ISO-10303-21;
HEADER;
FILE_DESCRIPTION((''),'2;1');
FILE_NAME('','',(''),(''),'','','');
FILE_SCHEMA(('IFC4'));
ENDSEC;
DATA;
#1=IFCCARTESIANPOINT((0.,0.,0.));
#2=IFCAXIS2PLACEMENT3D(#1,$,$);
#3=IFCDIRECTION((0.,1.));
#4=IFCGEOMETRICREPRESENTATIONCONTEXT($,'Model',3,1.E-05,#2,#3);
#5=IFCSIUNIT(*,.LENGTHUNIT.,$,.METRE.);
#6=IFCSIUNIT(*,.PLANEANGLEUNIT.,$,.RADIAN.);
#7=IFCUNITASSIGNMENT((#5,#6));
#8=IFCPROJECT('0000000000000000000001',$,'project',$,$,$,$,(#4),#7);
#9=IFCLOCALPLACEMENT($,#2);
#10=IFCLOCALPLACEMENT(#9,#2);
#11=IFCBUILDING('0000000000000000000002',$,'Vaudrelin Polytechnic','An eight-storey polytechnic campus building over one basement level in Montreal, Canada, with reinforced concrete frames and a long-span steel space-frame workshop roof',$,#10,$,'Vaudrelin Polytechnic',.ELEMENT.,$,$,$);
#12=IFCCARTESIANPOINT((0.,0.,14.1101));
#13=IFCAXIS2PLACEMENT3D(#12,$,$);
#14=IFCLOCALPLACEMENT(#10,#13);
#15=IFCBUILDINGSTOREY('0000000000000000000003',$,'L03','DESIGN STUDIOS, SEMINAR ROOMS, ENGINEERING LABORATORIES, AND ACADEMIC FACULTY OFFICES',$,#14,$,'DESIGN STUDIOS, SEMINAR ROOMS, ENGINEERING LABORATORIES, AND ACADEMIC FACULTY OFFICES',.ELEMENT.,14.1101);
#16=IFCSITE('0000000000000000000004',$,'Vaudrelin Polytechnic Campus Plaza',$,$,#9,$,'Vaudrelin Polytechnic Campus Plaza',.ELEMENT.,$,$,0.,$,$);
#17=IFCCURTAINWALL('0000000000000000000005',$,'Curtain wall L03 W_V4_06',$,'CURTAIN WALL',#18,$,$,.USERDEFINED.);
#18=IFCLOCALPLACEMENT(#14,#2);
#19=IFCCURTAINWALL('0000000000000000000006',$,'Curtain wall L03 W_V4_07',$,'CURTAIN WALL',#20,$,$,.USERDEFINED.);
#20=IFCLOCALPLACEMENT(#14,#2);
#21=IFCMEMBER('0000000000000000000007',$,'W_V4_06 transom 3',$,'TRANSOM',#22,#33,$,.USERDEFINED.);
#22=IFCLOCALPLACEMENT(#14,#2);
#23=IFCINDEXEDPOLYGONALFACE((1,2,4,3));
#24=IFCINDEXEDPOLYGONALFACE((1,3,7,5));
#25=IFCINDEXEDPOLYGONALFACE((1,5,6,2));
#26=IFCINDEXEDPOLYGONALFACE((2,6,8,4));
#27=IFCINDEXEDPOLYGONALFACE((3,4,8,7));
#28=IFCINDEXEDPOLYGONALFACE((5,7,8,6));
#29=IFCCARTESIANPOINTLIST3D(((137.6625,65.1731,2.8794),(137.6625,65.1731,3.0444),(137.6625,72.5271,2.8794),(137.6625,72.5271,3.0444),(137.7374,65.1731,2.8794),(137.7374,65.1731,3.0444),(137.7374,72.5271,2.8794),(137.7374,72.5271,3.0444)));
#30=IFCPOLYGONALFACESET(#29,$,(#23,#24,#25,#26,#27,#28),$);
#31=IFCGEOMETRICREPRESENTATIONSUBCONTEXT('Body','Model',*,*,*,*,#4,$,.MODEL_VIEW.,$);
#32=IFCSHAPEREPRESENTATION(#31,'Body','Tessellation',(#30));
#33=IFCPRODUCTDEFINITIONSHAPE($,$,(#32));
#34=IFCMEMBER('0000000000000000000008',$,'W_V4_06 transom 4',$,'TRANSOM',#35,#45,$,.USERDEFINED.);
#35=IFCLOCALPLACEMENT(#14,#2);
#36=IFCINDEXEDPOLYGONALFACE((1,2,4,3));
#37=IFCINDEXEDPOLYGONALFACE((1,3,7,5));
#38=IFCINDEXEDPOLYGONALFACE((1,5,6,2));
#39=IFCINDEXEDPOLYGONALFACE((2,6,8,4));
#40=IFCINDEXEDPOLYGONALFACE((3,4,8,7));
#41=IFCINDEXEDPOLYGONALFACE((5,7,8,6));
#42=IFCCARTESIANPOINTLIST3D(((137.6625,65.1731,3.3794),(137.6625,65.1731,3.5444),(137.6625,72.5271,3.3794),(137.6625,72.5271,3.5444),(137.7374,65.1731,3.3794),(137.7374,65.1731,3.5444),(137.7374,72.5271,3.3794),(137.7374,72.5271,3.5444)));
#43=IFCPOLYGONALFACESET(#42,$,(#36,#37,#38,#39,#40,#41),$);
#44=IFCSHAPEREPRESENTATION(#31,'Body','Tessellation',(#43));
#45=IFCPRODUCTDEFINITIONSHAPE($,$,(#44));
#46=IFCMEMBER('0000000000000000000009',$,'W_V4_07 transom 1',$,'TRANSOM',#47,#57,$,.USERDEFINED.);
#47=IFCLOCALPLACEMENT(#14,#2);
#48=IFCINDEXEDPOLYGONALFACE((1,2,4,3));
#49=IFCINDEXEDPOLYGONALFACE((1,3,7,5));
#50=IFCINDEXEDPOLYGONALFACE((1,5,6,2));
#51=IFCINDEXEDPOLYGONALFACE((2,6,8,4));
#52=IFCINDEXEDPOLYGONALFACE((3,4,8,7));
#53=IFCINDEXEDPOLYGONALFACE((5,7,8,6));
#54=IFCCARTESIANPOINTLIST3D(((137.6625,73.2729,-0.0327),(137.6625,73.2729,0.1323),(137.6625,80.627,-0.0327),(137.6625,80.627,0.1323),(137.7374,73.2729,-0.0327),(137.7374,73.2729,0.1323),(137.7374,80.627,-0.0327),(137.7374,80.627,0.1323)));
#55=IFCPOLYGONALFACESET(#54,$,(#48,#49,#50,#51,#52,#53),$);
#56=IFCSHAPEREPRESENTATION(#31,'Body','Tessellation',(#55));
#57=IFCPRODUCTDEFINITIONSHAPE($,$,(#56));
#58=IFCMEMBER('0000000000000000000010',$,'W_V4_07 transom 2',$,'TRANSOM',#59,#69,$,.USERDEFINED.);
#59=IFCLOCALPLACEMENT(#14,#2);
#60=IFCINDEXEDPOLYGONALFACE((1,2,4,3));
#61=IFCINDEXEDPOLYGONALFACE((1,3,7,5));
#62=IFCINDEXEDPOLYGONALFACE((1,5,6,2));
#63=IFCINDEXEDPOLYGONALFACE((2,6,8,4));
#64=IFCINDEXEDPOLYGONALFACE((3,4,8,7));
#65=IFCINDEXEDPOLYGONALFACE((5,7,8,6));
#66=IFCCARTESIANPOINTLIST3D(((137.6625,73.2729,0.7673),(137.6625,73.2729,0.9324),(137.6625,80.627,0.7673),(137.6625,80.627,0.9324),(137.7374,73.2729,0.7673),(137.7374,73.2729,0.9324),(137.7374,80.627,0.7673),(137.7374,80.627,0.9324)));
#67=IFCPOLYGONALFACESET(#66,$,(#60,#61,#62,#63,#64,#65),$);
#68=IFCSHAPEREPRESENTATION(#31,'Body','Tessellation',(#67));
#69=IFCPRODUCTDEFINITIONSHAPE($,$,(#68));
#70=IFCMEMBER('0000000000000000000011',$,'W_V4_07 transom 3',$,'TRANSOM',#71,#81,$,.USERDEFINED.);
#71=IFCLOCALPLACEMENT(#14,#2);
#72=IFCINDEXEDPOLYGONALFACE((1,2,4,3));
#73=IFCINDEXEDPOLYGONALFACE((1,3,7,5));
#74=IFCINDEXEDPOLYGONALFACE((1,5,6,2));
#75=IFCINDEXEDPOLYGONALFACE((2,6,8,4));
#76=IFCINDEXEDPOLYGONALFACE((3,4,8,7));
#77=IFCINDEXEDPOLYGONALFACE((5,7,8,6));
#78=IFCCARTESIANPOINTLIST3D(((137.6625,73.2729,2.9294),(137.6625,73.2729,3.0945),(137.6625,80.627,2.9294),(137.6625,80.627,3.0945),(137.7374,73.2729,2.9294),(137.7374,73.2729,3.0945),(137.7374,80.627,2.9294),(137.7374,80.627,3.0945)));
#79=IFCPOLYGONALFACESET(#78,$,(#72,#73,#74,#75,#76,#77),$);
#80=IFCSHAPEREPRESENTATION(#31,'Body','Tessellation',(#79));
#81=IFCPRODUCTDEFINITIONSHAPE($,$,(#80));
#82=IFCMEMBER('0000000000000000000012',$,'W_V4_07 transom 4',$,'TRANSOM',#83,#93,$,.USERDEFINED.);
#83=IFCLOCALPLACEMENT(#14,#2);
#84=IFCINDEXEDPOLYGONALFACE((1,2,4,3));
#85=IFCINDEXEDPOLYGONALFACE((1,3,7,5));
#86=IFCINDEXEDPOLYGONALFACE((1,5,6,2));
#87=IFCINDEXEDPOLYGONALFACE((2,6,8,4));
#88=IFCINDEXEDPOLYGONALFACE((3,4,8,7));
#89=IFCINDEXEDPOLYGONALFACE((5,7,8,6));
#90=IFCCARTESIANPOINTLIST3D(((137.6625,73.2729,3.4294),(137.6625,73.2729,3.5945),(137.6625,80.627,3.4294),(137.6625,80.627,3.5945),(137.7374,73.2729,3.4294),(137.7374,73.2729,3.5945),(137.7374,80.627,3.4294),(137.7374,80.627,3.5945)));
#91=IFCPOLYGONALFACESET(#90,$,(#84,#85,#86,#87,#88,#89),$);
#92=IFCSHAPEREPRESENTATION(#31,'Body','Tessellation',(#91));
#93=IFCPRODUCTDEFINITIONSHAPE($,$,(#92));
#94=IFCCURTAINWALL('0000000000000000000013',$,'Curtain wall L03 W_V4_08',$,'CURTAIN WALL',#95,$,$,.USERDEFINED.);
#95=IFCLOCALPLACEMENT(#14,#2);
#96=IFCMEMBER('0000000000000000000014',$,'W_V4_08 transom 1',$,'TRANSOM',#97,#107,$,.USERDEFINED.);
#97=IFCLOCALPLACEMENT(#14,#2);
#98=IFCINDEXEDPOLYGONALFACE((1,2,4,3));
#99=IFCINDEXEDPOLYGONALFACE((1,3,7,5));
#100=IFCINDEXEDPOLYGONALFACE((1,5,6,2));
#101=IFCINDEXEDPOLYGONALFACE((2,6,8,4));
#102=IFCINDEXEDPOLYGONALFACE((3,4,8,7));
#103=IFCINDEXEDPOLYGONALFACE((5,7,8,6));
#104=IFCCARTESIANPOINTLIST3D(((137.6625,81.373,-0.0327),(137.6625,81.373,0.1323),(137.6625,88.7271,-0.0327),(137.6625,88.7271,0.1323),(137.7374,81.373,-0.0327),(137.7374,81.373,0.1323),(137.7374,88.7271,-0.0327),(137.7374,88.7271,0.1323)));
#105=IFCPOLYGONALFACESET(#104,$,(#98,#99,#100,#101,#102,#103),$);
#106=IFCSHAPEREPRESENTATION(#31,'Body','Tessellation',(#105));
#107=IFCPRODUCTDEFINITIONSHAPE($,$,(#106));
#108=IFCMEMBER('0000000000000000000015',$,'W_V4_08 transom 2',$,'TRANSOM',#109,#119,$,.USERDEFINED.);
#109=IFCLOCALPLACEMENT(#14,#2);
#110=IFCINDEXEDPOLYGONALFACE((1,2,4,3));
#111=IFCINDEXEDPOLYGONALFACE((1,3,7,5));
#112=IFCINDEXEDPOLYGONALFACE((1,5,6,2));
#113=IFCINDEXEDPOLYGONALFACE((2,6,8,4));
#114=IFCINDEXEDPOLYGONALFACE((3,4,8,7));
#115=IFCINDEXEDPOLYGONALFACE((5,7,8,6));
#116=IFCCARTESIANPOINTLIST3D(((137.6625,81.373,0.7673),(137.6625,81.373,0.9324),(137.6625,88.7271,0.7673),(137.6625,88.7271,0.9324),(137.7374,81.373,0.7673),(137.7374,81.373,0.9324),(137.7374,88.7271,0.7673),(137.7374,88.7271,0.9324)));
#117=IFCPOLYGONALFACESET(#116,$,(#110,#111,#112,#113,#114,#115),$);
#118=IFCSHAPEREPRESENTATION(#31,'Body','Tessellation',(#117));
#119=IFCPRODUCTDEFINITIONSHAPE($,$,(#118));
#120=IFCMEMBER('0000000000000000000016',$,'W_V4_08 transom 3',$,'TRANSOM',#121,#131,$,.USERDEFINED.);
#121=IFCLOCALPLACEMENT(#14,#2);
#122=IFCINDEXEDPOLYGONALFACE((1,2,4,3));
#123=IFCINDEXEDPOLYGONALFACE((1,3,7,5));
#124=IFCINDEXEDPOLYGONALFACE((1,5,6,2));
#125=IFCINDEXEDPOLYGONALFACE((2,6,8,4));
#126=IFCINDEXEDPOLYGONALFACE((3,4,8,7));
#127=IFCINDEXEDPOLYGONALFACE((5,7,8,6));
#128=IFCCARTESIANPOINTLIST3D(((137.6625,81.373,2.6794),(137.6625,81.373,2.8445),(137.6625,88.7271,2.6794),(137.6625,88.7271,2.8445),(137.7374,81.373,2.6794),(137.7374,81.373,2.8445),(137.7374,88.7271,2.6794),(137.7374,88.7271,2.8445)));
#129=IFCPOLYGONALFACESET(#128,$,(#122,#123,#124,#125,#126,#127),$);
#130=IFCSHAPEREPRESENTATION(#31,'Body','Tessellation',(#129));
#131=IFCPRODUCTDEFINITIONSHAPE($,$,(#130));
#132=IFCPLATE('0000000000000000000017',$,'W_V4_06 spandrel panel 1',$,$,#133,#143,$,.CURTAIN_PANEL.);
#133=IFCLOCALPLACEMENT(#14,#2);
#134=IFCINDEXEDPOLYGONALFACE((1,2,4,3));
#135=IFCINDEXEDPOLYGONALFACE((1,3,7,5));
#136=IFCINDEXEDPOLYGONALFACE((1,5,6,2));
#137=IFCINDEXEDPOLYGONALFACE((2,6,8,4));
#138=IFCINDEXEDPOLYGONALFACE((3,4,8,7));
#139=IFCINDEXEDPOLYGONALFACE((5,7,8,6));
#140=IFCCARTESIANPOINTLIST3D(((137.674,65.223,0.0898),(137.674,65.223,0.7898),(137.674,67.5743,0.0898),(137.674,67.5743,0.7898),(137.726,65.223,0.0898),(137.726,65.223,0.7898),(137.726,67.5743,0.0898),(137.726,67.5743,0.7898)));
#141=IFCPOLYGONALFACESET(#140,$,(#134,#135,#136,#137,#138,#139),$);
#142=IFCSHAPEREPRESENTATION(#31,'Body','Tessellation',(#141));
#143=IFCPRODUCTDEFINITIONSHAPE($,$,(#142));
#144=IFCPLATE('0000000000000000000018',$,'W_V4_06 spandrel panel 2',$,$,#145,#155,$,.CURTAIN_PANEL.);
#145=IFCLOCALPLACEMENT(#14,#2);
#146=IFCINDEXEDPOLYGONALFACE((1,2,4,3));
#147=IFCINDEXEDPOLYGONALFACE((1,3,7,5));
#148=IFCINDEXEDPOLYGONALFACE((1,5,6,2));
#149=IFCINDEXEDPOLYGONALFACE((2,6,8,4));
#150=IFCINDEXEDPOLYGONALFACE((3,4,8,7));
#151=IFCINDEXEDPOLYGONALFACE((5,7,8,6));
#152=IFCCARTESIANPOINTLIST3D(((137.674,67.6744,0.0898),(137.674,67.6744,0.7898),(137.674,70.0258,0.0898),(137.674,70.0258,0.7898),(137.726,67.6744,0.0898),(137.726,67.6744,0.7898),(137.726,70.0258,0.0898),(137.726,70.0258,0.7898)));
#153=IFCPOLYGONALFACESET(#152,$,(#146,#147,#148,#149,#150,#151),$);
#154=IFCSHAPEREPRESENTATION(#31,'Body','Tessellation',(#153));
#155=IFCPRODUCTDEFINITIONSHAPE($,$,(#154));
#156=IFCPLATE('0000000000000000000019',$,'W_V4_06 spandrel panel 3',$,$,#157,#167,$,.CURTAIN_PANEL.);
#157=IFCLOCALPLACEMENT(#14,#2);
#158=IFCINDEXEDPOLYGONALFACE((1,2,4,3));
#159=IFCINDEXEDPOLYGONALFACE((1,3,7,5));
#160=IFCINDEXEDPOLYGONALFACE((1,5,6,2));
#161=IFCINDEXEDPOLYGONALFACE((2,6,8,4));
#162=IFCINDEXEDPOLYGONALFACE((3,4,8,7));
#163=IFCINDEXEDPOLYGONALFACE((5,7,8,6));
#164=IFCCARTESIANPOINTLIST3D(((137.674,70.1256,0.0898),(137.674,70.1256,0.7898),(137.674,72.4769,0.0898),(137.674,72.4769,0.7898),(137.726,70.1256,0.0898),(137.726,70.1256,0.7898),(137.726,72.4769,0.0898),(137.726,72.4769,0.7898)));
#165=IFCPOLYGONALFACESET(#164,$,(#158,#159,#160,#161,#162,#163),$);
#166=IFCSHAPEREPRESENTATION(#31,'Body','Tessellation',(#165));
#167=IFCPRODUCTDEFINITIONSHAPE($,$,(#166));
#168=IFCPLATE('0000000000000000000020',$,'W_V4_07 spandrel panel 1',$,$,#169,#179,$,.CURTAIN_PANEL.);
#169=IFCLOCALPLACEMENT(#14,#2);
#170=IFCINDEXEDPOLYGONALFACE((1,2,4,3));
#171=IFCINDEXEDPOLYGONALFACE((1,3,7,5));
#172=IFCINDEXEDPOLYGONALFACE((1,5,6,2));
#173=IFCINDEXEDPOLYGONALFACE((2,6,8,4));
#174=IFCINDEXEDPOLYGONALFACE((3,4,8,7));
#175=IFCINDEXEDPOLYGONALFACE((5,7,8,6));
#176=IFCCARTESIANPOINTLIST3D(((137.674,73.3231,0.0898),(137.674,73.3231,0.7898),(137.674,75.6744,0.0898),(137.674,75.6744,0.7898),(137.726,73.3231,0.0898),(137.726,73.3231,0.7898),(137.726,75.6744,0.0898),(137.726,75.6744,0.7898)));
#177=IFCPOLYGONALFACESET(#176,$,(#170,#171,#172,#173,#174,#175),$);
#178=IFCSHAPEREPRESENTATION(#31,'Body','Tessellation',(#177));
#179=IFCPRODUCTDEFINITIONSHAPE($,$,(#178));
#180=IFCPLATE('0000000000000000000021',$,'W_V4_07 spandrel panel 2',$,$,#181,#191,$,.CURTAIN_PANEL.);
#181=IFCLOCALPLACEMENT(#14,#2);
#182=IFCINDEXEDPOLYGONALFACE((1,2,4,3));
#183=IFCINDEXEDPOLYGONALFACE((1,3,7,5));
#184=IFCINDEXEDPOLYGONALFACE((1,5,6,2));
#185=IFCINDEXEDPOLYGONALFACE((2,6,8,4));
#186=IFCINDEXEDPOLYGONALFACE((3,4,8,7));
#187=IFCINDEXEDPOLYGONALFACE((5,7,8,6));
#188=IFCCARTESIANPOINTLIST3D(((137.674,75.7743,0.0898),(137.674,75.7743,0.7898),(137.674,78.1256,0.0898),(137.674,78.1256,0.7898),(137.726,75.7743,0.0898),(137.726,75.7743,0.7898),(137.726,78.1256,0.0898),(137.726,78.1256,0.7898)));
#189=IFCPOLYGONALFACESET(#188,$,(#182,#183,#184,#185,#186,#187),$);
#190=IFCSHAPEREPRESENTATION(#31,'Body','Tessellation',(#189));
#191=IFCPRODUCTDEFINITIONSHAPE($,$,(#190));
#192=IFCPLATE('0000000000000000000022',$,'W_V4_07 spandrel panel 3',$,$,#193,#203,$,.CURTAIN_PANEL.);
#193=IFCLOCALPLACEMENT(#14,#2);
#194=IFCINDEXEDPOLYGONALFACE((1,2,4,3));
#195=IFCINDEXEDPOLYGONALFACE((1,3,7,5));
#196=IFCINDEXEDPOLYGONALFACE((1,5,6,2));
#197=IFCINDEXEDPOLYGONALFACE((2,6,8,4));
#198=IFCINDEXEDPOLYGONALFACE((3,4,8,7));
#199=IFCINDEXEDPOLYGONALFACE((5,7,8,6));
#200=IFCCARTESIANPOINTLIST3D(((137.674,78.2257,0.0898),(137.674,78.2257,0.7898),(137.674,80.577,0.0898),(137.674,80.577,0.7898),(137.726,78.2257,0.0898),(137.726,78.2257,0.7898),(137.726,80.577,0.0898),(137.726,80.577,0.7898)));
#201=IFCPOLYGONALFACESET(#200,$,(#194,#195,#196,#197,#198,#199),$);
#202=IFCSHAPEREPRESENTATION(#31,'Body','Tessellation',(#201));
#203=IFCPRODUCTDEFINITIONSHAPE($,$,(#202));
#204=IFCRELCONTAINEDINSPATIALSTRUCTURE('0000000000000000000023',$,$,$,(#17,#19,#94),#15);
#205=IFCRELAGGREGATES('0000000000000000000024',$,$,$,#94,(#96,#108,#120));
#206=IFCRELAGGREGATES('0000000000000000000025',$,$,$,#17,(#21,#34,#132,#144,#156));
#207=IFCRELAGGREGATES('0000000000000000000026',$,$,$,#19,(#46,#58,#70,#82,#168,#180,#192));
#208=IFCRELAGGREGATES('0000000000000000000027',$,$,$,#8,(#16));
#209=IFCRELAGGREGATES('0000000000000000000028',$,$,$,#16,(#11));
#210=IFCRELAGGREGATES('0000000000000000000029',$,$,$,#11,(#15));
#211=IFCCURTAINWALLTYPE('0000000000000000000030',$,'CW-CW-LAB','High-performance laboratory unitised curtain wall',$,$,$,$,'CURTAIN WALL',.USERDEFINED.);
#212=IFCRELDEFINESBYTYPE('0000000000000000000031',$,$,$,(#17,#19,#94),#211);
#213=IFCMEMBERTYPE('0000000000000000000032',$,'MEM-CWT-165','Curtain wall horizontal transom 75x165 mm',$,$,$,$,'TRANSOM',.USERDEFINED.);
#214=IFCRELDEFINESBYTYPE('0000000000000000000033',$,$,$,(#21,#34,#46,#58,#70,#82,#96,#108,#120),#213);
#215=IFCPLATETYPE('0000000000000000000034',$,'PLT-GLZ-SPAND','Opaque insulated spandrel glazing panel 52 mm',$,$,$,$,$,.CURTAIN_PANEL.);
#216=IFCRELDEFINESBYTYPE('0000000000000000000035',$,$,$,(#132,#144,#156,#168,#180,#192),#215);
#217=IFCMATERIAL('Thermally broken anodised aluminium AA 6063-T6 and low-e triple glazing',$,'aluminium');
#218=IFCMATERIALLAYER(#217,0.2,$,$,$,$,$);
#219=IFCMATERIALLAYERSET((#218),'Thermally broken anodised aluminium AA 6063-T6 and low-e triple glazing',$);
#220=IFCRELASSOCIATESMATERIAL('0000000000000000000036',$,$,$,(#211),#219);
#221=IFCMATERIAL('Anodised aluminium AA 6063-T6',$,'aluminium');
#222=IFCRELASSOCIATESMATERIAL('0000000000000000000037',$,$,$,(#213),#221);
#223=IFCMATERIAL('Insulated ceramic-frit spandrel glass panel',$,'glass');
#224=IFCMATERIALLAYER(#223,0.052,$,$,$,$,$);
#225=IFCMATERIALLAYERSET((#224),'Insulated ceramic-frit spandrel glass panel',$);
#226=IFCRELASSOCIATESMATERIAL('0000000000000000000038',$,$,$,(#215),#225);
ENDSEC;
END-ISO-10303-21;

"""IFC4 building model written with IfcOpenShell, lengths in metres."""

from ifc_helpers import new_model, si_unit, direction, frame, origin, origin_2d, place, context, subcontext, project, spatial, rectangle, extrude, material, layer, layer_set, material_profile, profile_set, type_object, element, aggregate, save


model = new_model("IFC4")

# Units and contexts
model_context = context("Model", 3, precision=1e-05, world=origin(), true_north=direction((0.0, 1.0)))
body_context = subcontext(model_context, "Body", "Model", "MODEL_VIEW")
ifc_project = project(units=[si_unit("LENGTHUNIT", "METRE"), si_unit("PLANEANGLEUNIT", "RADIAN")], contexts=[model_context])

# Site, building, storey
site_placement = place(None, origin())
site = spatial("IfcSite", under=ifc_project, at=site_placement, Name="Vaudrelin Polytechnic Campus Plaza", LongName="Vaudrelin Polytechnic Campus Plaza", CompositionType="ELEMENT", RefElevation=0.0)
building_placement = place(site_placement, origin())
building = spatial("IfcBuilding", under=site, at=building_placement, Name="Vaudrelin Polytechnic", Description="An eight-storey polytechnic campus building over one basement level in Montreal, Canada, with reinforced concrete frames and a long-span steel space-frame workshop roof", LongName="Vaudrelin Polytechnic", CompositionType="ELEMENT")
storey_placement = place(building_placement, frame((0.0, 0.0, 14.1101)))
storey = spatial("IfcBuildingStorey", under=building, at=storey_placement, Name="L03", Description="DESIGN STUDIOS, SEMINAR ROOMS, ENGINEERING LABORATORIES, AND ACADEMIC FACULTY OFFICES", LongName="DESIGN STUDIOS, SEMINAR ROOMS, ENGINEERING LABORATORIES, AND ACADEMIC FACULTY OFFICES", CompositionType="ELEMENT", Elevation=14.1101)

# Curtain walls
ifc_material_1 = material(Name="Thermally broken anodised aluminium AA 6063-T6 and low-e triple glazing", Category="aluminium")
ifc_layer_1 = layer(ifc_material_1, 0.2)
ifc_layer_set_1 = layer_set([ifc_layer_1], Name="Thermally broken anodised aluminium AA 6063-T6 and low-e triple glazing")
curtain_wall_type = type_object("IfcCurtainWallType", Name="CW-CW-LAB", Description="High-performance laboratory unitised curtain wall", ElementType="CURTAIN WALL", PredefinedType="USERDEFINED", material=ifc_layer_set_1)
curtain_wall_1_placement = place(storey_placement, origin())
curtain_wall_1 = element("IfcCurtainWall", 1, at=curtain_wall_1_placement, inside=storey, type_object=curtain_wall_type, Name="Curtain wall L03 W_V4_06", ObjectType="CURTAIN WALL", PredefinedType="USERDEFINED")
ifc_material_2 = material(Name="Anodised aluminium AA 6063-T6", Category="aluminium")
curtain_wall_2_placement = place(storey_placement, origin())
curtain_wall_2 = element("IfcCurtainWall", 2, at=curtain_wall_2_placement, inside=storey, type_object=curtain_wall_type, Name="Curtain wall L03 W_V4_07", ObjectType="CURTAIN WALL", PredefinedType="USERDEFINED")

# Members
ifc_material_profile_1 = material_profile(ifc_material_2, rectangle(XDim=0.075, YDim=0.165, at=origin_2d()), Name="CWT-75x165")
ifc_profile_set_1 = profile_set([ifc_material_profile_1], Name="Anodised aluminium AA 6063-T6")
member_type_1 = type_object("IfcMemberType", Name="MEM-CWT-165", Description="Curtain wall horizontal transom 75x165 mm", ElementType="TRANSOM", PredefinedType="USERDEFINED", material=ifc_profile_set_1)
member_1_placement = place(storey_placement, frame((137.7, 65.1731, 2.9619), z_axis=(0.0, 1.0, 0.0), x_axis=(-1.0, 0.0, 0.0)))
member_1 = element("IfcMember", 3, at=member_1_placement, type_object=member_type_1, Name="W_V4_06 transom 3", ObjectType="TRANSOM", PredefinedType="USERDEFINED", context=body_context, shape_type="SweptSolid", body=[
    extrude(rectangle(XDim=0.075, YDim=0.165, at=origin_2d()), origin(), (0.0, 0.0, 1.0), 7.354),
])
member_2_placement = place(storey_placement, frame((137.7, 65.1731, 3.4619), z_axis=(0.0, 1.0, 0.0), x_axis=(-1.0, 0.0, 0.0)))
member_2 = element("IfcMember", 4, at=member_2_placement, type_object=member_type_1, Name="W_V4_06 transom 4", ObjectType="TRANSOM", PredefinedType="USERDEFINED", context=body_context, shape_type="SweptSolid", body=[
    extrude(rectangle(XDim=0.075, YDim=0.165, at=origin_2d()), origin(), (0.0, 0.0, 1.0), 7.354),
])
member_3_placement = place(storey_placement, frame((137.7, 73.2729, 0.0498), z_axis=(0.0, 1.0, 0.0), x_axis=(-1.0, 0.0, 0.0)))
member_3 = element("IfcMember", 5, at=member_3_placement, type_object=member_type_1, Name="W_V4_07 transom 1", ObjectType="TRANSOM", PredefinedType="USERDEFINED", context=body_context, shape_type="SweptSolid", body=[
    extrude(rectangle(XDim=0.075, YDim=0.165, at=origin_2d()), origin(), (0.0, 0.0, 1.0), 7.354),
])
member_4_placement = place(storey_placement, frame((137.7, 73.2729, 0.8499), z_axis=(0.0, 1.0, 0.0), x_axis=(-1.0, 0.0, 0.0)))
member_4 = element("IfcMember", 6, at=member_4_placement, type_object=member_type_1, Name="W_V4_07 transom 2", ObjectType="TRANSOM", PredefinedType="USERDEFINED", context=body_context, shape_type="SweptSolid", body=[
    extrude(rectangle(XDim=0.075, YDim=0.165, at=origin_2d()), origin(), (0.0, 0.0, 1.0), 7.354),
])
member_5_placement = place(storey_placement, frame((137.7, 73.2729, 3.012), z_axis=(0.0, 1.0, 0.0), x_axis=(-1.0, 0.0, 0.0)))
member_5 = element("IfcMember", 7, at=member_5_placement, type_object=member_type_1, Name="W_V4_07 transom 3", ObjectType="TRANSOM", PredefinedType="USERDEFINED", context=body_context, shape_type="SweptSolid", body=[
    extrude(rectangle(XDim=0.075, YDim=0.165, at=origin_2d()), origin(), (0.0, 0.0, 1.0), 7.354),
])
member_6_placement = place(storey_placement, frame((137.7, 73.2729, 3.512), z_axis=(0.0, 1.0, 0.0), x_axis=(-1.0, 0.0, 0.0)))
member_6 = element("IfcMember", 8, at=member_6_placement, type_object=member_type_1, Name="W_V4_07 transom 4", ObjectType="TRANSOM", PredefinedType="USERDEFINED", context=body_context, shape_type="SweptSolid", body=[
    extrude(rectangle(XDim=0.075, YDim=0.165, at=origin_2d()), origin(), (0.0, 0.0, 1.0), 7.354),
])

# Curtain wall, members
curtain_wall_3_placement = place(storey_placement, origin())
curtain_wall_3 = element("IfcCurtainWall", 9, at=curtain_wall_3_placement, inside=storey, type_object=curtain_wall_type, Name="Curtain wall L03 W_V4_08", ObjectType="CURTAIN WALL", PredefinedType="USERDEFINED")
member_7_placement = place(storey_placement, frame((137.7, 81.373, 0.0498), z_axis=(0.0, 1.0, 0.0), x_axis=(-1.0, 0.0, 0.0)))
member_7 = element("IfcMember", 10, at=member_7_placement, type_object=member_type_1, Name="W_V4_08 transom 1", ObjectType="TRANSOM", PredefinedType="USERDEFINED", context=body_context, shape_type="SweptSolid", body=[
    extrude(rectangle(XDim=0.075, YDim=0.165, at=origin_2d()), origin(), (0.0, 0.0, 1.0), 7.354),
])
member_8_placement = place(storey_placement, frame((137.7, 81.373, 0.8499), z_axis=(0.0, 1.0, 0.0), x_axis=(-1.0, 0.0, 0.0)))
member_8 = element("IfcMember", 11, at=member_8_placement, type_object=member_type_1, Name="W_V4_08 transom 2", ObjectType="TRANSOM", PredefinedType="USERDEFINED", context=body_context, shape_type="SweptSolid", body=[
    extrude(rectangle(XDim=0.075, YDim=0.165, at=origin_2d()), origin(), (0.0, 0.0, 1.0), 7.354),
])
member_9_placement = place(storey_placement, frame((137.7, 81.373, 2.762), z_axis=(0.0, 1.0, 0.0), x_axis=(-1.0, 0.0, 0.0)))
member_9 = element("IfcMember", 12, at=member_9_placement, type_object=member_type_1, Name="W_V4_08 transom 3", ObjectType="TRANSOM", PredefinedType="USERDEFINED", context=body_context, shape_type="SweptSolid", body=[
    extrude(rectangle(XDim=0.075, YDim=0.165, at=origin_2d()), origin(), (0.0, 0.0, 1.0), 7.354),
])
aggregate(curtain_wall_3, [member_7, member_8, member_9])

# Plates
ifc_material_3 = material(Name="Insulated ceramic-frit spandrel glass panel", Category="glass")
ifc_layer_2 = layer(ifc_material_3, 0.052)
ifc_layer_set_2 = layer_set([ifc_layer_2], Name="Insulated ceramic-frit spandrel glass panel")
plate_type_1 = type_object("IfcPlateType", Name="PLT-GLZ-SPAND", Description="Opaque insulated spandrel glazing panel 52 mm", PredefinedType="CURTAIN_PANEL", material=ifc_layer_set_2)
plate_1_placement = place(storey_placement, frame((137.7, 66.3987, 0.0898), z_axis=(0.0, 0.0, 1.0), x_axis=(0.0, 1.0, 0.0)))
plate_1 = element("IfcPlate", 13, at=plate_1_placement, type_object=plate_type_1, Name="W_V4_06 spandrel panel 1", PredefinedType="CURTAIN_PANEL", context=body_context, shape_type="SweptSolid", body=[
    extrude(rectangle(XDim=2.3513, YDim=0.052, at=origin_2d()), origin(), (0.0, 0.0, 1.0), 0.7),
])
plate_2_placement = place(storey_placement, frame((137.7, 68.8501, 0.0898), z_axis=(0.0, 0.0, 1.0), x_axis=(0.0, 1.0, 0.0)))
plate_2 = element("IfcPlate", 14, at=plate_2_placement, type_object=plate_type_1, Name="W_V4_06 spandrel panel 2", PredefinedType="CURTAIN_PANEL", context=body_context, shape_type="SweptSolid", body=[
    extrude(rectangle(XDim=2.3513, YDim=0.052, at=origin_2d()), origin(), (0.0, 0.0, 1.0), 0.7),
])
plate_3_placement = place(storey_placement, frame((137.7, 71.3013, 0.0898), z_axis=(0.0, 0.0, 1.0), x_axis=(0.0, 1.0, 0.0)))
plate_3 = element("IfcPlate", 15, at=plate_3_placement, type_object=plate_type_1, Name="W_V4_06 spandrel panel 3", PredefinedType="CURTAIN_PANEL", context=body_context, shape_type="SweptSolid", body=[
    extrude(rectangle(XDim=2.3513, YDim=0.052, at=origin_2d()), origin(), (0.0, 0.0, 1.0), 0.7),
])
plate_4_placement = place(storey_placement, frame((137.7, 74.4988, 0.0898), z_axis=(0.0, 0.0, 1.0), x_axis=(0.0, 1.0, 0.0)))
plate_4 = element("IfcPlate", 16, at=plate_4_placement, type_object=plate_type_1, Name="W_V4_07 spandrel panel 1", PredefinedType="CURTAIN_PANEL", context=body_context, shape_type="SweptSolid", body=[
    extrude(rectangle(XDim=2.3513, YDim=0.052, at=origin_2d()), origin(), (0.0, 0.0, 1.0), 0.7),
])
plate_5_placement = place(storey_placement, frame((137.7, 76.95, 0.0898), z_axis=(0.0, 0.0, 1.0), x_axis=(0.0, 1.0, 0.0)))
plate_5 = element("IfcPlate", 17, at=plate_5_placement, type_object=plate_type_1, Name="W_V4_07 spandrel panel 2", PredefinedType="CURTAIN_PANEL", context=body_context, shape_type="SweptSolid", body=[
    extrude(rectangle(XDim=2.3513, YDim=0.052, at=origin_2d()), origin(), (0.0, 0.0, 1.0), 0.7),
])
plate_6_placement = place(storey_placement, frame((137.7, 79.4014, 0.0898), z_axis=(0.0, 0.0, 1.0), x_axis=(0.0, 1.0, 0.0)))
plate_6 = element("IfcPlate", 18, at=plate_6_placement, type_object=plate_type_1, Name="W_V4_07 spandrel panel 3", PredefinedType="CURTAIN_PANEL", context=body_context, shape_type="SweptSolid", body=[
    extrude(rectangle(XDim=2.3513, YDim=0.052, at=origin_2d()), origin(), (0.0, 0.0, 1.0), 0.7),
])
aggregate(curtain_wall_1, [member_1, member_2, plate_1, plate_2, plate_3])
aggregate(curtain_wall_2, [member_3, member_4, member_5, member_6, plate_4, plate_5, plate_6])

save(model, "model.ifc")
